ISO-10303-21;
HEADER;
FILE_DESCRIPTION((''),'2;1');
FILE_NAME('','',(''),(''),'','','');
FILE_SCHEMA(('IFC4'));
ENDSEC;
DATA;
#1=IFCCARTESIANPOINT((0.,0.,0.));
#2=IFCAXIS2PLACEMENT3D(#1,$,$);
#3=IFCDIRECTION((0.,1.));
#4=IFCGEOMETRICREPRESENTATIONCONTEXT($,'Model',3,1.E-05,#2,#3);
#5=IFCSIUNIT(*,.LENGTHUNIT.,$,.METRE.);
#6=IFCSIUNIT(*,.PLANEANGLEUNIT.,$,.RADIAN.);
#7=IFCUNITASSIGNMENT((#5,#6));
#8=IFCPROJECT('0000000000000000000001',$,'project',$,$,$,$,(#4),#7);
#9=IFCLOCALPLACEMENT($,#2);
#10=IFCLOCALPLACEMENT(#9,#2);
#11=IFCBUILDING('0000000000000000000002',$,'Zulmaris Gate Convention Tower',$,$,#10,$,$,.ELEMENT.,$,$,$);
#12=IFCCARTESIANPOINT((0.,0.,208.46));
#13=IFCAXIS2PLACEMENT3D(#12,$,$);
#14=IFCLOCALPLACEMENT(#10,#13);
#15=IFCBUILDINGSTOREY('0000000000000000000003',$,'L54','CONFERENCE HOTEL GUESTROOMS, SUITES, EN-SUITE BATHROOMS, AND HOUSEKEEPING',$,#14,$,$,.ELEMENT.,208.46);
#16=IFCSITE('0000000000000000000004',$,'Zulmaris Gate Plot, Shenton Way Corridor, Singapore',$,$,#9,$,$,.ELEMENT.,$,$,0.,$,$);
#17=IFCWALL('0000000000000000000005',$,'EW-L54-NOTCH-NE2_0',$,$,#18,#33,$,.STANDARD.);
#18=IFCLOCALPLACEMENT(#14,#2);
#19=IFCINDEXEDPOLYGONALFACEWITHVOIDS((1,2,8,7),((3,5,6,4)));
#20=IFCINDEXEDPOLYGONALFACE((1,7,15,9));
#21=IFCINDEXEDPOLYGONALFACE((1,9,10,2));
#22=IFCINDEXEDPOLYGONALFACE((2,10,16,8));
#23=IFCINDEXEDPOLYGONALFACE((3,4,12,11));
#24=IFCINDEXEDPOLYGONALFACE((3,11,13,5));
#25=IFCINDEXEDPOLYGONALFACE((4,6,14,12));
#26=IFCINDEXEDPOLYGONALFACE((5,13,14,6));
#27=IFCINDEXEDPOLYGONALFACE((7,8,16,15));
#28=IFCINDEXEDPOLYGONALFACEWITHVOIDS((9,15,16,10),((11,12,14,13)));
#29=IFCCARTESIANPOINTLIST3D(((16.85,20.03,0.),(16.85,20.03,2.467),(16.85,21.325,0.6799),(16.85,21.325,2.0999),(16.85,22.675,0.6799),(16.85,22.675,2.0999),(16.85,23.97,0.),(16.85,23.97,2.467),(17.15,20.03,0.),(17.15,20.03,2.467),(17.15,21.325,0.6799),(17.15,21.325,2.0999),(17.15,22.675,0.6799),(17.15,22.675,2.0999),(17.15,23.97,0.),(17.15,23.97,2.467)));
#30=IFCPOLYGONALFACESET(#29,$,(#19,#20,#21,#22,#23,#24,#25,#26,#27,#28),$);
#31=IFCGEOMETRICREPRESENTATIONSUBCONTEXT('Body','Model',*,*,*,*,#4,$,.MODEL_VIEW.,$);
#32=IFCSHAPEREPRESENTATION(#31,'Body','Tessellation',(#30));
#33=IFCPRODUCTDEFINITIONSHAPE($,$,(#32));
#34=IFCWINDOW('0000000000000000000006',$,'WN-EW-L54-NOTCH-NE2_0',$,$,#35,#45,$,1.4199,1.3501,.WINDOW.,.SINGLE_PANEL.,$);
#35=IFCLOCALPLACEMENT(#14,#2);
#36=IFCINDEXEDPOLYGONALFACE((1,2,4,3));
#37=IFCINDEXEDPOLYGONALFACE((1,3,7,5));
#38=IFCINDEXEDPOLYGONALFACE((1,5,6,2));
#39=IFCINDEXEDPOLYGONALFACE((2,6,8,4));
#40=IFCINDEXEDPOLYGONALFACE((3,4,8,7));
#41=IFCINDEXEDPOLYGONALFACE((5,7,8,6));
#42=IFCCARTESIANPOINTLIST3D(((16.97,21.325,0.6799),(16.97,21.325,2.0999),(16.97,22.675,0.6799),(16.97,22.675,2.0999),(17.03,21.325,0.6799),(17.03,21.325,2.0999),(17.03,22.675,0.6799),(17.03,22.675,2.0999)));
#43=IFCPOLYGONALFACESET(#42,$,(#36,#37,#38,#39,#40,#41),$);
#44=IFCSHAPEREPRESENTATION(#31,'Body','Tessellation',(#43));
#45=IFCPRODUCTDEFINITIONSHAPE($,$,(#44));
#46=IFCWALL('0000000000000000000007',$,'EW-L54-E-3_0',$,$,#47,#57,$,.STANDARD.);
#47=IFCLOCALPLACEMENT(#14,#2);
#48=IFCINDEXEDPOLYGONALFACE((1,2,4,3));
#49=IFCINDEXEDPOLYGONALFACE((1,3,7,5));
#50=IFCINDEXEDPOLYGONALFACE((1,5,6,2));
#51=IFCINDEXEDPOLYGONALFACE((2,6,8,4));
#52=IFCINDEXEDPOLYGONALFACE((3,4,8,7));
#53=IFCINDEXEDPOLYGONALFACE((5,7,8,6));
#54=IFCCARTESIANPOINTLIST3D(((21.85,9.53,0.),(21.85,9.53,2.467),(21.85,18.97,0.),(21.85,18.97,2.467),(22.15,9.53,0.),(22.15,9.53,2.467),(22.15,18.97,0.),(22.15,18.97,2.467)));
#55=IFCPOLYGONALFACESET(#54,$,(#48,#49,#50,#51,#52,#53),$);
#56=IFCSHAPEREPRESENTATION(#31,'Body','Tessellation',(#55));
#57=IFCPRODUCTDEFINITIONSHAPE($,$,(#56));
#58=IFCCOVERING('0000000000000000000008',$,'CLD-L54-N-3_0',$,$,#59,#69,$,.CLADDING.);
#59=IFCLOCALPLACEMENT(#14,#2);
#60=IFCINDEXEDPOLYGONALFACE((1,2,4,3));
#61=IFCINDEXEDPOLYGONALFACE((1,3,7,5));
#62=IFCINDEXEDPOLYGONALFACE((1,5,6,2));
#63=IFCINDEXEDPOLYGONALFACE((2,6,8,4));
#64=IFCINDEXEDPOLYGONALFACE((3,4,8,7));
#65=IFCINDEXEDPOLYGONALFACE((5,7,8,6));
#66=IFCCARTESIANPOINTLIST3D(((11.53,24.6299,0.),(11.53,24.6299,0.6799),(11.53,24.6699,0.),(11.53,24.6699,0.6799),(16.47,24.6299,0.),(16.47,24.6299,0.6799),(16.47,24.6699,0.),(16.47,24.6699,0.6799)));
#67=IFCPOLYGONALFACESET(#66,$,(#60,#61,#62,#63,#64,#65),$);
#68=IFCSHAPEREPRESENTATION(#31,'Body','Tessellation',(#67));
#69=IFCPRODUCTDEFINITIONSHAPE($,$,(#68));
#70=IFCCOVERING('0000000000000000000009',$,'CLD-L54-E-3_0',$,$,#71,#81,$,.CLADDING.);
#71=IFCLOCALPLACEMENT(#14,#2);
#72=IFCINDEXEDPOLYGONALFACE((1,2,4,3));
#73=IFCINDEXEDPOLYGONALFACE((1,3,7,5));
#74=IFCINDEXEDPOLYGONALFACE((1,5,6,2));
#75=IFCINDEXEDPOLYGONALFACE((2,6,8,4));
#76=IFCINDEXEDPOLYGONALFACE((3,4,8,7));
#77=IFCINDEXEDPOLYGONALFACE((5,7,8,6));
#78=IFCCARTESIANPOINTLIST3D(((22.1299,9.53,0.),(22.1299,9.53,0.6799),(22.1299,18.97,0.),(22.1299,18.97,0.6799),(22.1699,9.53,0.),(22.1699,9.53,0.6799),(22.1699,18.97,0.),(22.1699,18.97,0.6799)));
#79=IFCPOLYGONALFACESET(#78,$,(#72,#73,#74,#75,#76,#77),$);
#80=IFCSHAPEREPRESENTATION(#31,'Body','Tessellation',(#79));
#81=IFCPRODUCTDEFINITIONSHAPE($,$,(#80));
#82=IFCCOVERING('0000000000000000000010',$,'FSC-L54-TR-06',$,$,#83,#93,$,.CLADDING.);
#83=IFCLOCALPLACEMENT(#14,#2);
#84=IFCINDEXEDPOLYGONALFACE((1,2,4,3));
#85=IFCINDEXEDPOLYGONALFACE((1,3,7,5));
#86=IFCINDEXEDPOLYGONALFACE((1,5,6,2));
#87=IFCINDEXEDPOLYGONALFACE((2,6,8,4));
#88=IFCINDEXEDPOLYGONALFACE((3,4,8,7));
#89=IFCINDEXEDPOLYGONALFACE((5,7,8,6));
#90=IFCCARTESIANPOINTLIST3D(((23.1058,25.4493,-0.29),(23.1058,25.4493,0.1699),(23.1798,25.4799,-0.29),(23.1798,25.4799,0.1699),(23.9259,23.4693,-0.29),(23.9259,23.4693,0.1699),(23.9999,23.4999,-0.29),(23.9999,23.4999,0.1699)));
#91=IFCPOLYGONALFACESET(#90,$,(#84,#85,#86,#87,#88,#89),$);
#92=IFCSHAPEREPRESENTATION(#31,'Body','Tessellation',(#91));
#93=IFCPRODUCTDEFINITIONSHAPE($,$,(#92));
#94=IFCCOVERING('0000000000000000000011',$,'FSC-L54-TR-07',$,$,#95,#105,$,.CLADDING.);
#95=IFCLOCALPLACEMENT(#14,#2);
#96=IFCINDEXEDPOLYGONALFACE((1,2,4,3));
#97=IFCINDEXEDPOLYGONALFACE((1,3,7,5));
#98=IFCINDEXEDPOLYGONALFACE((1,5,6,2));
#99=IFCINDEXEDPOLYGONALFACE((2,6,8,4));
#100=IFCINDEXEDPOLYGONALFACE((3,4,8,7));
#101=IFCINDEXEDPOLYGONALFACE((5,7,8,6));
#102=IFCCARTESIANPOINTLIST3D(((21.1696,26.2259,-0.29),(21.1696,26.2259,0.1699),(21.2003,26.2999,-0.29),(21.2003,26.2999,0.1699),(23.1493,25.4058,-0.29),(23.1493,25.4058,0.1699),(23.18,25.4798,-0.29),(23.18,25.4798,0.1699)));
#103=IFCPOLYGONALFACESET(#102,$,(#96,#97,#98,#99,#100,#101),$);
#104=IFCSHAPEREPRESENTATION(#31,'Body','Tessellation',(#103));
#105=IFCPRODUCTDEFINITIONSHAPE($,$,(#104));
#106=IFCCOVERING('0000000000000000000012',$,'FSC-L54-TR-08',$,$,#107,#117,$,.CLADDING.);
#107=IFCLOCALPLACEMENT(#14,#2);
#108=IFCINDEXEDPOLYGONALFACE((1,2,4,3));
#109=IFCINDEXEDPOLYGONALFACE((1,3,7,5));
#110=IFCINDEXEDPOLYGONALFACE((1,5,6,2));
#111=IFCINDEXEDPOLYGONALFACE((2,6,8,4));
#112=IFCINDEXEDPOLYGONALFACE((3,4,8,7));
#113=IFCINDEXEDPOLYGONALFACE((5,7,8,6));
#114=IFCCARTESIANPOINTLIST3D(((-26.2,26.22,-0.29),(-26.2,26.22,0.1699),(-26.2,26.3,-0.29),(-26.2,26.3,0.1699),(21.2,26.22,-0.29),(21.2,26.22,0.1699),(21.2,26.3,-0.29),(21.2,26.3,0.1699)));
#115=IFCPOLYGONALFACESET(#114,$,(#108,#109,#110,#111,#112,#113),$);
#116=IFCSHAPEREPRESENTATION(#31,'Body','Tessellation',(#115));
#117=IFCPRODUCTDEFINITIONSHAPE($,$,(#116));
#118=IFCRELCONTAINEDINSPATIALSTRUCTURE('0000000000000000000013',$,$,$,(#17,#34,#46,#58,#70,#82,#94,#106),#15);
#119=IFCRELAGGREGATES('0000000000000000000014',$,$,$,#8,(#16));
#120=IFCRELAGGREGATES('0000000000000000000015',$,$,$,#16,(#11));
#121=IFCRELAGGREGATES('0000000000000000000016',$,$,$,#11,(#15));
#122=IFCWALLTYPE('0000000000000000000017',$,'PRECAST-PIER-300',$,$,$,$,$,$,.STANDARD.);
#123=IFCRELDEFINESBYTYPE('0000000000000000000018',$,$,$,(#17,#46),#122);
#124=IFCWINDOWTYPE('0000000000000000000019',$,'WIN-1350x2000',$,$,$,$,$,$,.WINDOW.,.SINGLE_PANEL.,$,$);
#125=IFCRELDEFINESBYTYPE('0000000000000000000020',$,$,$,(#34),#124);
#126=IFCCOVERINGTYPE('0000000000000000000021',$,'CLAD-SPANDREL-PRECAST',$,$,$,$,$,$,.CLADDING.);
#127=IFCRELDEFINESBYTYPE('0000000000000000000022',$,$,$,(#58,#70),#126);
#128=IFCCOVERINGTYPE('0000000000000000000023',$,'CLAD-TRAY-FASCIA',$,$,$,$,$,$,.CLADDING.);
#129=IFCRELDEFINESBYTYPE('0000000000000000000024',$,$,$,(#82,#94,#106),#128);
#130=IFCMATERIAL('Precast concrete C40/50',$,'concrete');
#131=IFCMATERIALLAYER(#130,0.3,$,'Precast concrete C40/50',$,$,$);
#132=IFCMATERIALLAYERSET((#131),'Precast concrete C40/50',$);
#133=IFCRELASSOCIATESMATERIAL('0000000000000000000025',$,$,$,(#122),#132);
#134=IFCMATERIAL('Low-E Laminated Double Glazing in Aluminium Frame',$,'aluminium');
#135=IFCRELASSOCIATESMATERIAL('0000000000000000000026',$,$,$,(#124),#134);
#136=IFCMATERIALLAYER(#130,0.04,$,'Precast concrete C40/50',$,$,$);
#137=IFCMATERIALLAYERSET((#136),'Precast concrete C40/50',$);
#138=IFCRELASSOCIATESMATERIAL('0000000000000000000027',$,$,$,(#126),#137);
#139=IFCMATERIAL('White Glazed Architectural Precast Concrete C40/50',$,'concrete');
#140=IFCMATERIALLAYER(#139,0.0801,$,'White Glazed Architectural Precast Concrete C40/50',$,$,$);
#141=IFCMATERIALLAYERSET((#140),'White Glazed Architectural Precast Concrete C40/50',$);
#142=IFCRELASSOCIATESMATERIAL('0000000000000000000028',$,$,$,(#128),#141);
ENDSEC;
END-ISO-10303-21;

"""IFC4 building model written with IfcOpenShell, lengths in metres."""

from ifc_helpers import new_model, si_unit, direction, frame, frame_2d, origin, place, context, subcontext, project, spatial, rectangle, extrude, material, layer, layer_set, type_object, element, fill, save


model = new_model("IFC4")

# Units and contexts
model_context = context("Model", 3, precision=1e-05, world=origin(), true_north=direction((0.0, 1.0)))
body_context = subcontext(model_context, "Body", "Model", "MODEL_VIEW")
ifc_project = project(units=[si_unit("LENGTHUNIT", "METRE"), si_unit("PLANEANGLEUNIT", "RADIAN")], contexts=[model_context])

# Site, building, storey
site_placement = place(None, origin())
site = spatial("IfcSite", under=ifc_project, at=site_placement, Name="Zulmaris Gate Plot, Shenton Way Corridor, Singapore", CompositionType="ELEMENT", RefElevation=0.0)
building_placement = place(site_placement, origin())
building = spatial("IfcBuilding", under=site, at=building_placement, Name="Zulmaris Gate Convention Tower", CompositionType="ELEMENT")
storey_placement = place(building_placement, frame((0.0, 0.0, 208.46)))
storey = spatial("IfcBuildingStorey", under=building, at=storey_placement, Name="L54", Description="CONFERENCE HOTEL GUESTROOMS, SUITES, EN-SUITE BATHROOMS, AND HOUSEKEEPING", CompositionType="ELEMENT", Elevation=208.46)

# Wall, opening, window
ifc_material_1 = material(Name="Precast concrete C40/50", Category="concrete")
ifc_layer_1 = layer(ifc_material_1, 0.3, Name="Precast concrete C40/50")
ifc_layer_set_1 = layer_set([ifc_layer_1], Name="Precast concrete C40/50")
wall_type_1 = type_object("IfcWallType", Name="PRECAST-PIER-300", PredefinedType="STANDARD", material=ifc_layer_set_1)
ifc_material_2 = material(Name="Low-E Laminated Double Glazing in Aluminium Frame", Category="aluminium")
window_type = type_object("IfcWindowType", Name="WIN-1350x2000", PartitioningType="SINGLE_PANEL", PredefinedType="WINDOW", material=ifc_material_2)
wall_1_placement = place(storey_placement, frame((17.0, 20.03, 0.0), z_axis=(0.0, 0.0, 1.0), x_axis=(0.0, 1.0, 0.0)))
wall_1 = element("IfcWall", 1, at=wall_1_placement, inside=storey, type_object=wall_type_1, Name="EW-L54-NOTCH-NE2_0", PredefinedType="STANDARD", context=body_context, shape_type="SweptSolid", body=[
    extrude(rectangle(XDim=3.9399, YDim=0.3, at=frame_2d((1.97, 0.0))), origin(), (0.0, 0.0, 1.0), 2.467),
])
opening_1_placement = place(wall_1_placement, frame((1.2949, 0.0, 0.6799)))
opening_1 = element("IfcOpeningElement", 2, at=opening_1_placement, cuts=wall_1, PredefinedType="OPENING", context=body_context, shape_type="SweptSolid", body=[
    extrude(rectangle(XDim=1.3501, YDim=1.4199, at=frame_2d((0.675, 0.71))), frame((0.0, 0.1602, 0.0), z_axis=(0.0, -1.0, 0.0), x_axis=(1.0, 0.0, 0.0)), (0.0, 0.0, 1.0), 0.3201),
])
window_1_placement = place(opening_1_placement, origin())
window_1 = element("IfcWindow", 3, at=window_1_placement, inside=storey, type_object=window_type, Name="WN-EW-L54-NOTCH-NE2_0", OverallHeight=1.4199, OverallWidth=1.3501, PartitioningType="SINGLE_PANEL", PredefinedType="WINDOW", context=body_context, shape_type="SweptSolid", body=[
    extrude(rectangle(XDim=1.3501, YDim=1.4199, at=frame_2d((0.675, 0.71))), frame((0.0, 0.03, 0.0), z_axis=(0.0, -1.0, 0.0), x_axis=(1.0, 0.0, 0.0)), (0.0, 0.0, 1.0), 0.0601),
])
fill(opening_1, window_1)

# Wall
wall_2_placement = place(storey_placement, frame((22.0, 9.53, 0.0), z_axis=(0.0, 0.0, 1.0), x_axis=(0.0, 1.0, 0.0)))
element("IfcWall", 4, at=wall_2_placement, inside=storey, type_object=wall_type_1, Name="EW-L54-E-3_0", PredefinedType="STANDARD", context=body_context, shape_type="SweptSolid", body=[
    extrude(rectangle(XDim=9.4399, YDim=0.3, at=frame_2d((4.72, 0.0))), origin(), (0.0, 0.0, 1.0), 2.467),
])

# Coverings
ifc_layer_2 = layer(ifc_material_1, 0.04, Name="Precast concrete C40/50")
ifc_layer_set_2 = layer_set([ifc_layer_2], Name="Precast concrete C40/50")
covering_type_1 = type_object("IfcCoveringType", Name="CLAD-SPANDREL-PRECAST", PredefinedType="CLADDING", material=ifc_layer_set_2)
covering_1_placement = place(storey_placement, frame((16.47, 24.6499, 0.0), z_axis=(0.0, 0.0, 1.0), x_axis=(-1.0, 0.0, 0.0)))
element("IfcCovering", 5, at=covering_1_placement, inside=storey, type_object=covering_type_1, Name="CLD-L54-N-3_0", PredefinedType="CLADDING", context=body_context, shape_type="SweptSolid", body=[
    extrude(rectangle(XDim=4.9399, YDim=0.04, at=frame_2d((2.47, 0.0))), origin(), (0.0, 0.0, 1.0), 0.6799),
])
covering_2_placement = place(storey_placement, frame((22.1499, 9.53, 0.0), z_axis=(0.0, 0.0, 1.0), x_axis=(0.0, 1.0, 0.0)))
element("IfcCovering", 6, at=covering_2_placement, inside=storey, type_object=covering_type_1, Name="CLD-L54-E-3_0", PredefinedType="CLADDING", context=body_context, shape_type="SweptSolid", body=[
    extrude(rectangle(XDim=9.4399, YDim=0.04, at=frame_2d((4.72, 0.0))), origin(), (0.0, 0.0, 1.0), 0.6799),
])
ifc_material_3 = material(Name="White Glazed Architectural Precast Concrete C40/50", Category="concrete")
ifc_layer_3 = layer(ifc_material_3, 0.0801, Name="White Glazed Architectural Precast Concrete C40/50")
ifc_layer_set_3 = layer_set([ifc_layer_3], Name="White Glazed Architectural Precast Concrete C40/50")
covering_type_2 = type_object("IfcCoveringType", Name="CLAD-TRAY-FASCIA", PredefinedType="CLADDING", material=ifc_layer_set_3)
covering_3_placement = place(storey_placement, frame((23.9629, 23.4846, -0.29), z_axis=(0.0, 0.0, 1.0), x_axis=(-0.382657, 0.92389, 0.0)))
element("IfcCovering", 7, at=covering_3_placement, inside=storey, type_object=covering_type_2, Name="FSC-L54-TR-06", PredefinedType="CLADDING", context=body_context, shape_type="SweptSolid", body=[
    extrude(rectangle(XDim=2.1431, YDim=0.0801, at=frame_2d((1.0715, 0.0))), origin(), (0.0, 0.0, 1.0), 0.46),
])
covering_4_placement = place(storey_placement, frame((23.1646, 25.4429, -0.29), z_axis=(0.0, 0.0, 1.0), x_axis=(-0.923874, 0.382697, 0.0)))
element("IfcCovering", 8, at=covering_4_placement, inside=storey, type_object=covering_type_2, Name="FSC-L54-TR-07", PredefinedType="CLADDING", context=body_context, shape_type="SweptSolid", body=[
    extrude(rectangle(XDim=2.1428, YDim=0.0801, at=frame_2d((1.0713, 0.0))), origin(), (0.0, 0.0, 1.0), 0.46),
])
covering_5_placement = place(storey_placement, frame((21.2, 26.26, -0.29), z_axis=(0.0, 0.0, 1.0), x_axis=(-1.0, 0.0, 0.0)))
element("IfcCovering", 9, at=covering_5_placement, inside=storey, type_object=covering_type_2, Name="FSC-L54-TR-08", PredefinedType="CLADDING", context=body_context, shape_type="SweptSolid", body=[
    extrude(rectangle(XDim=47.3999, YDim=0.0801, at=frame_2d((23.7, 0.0))), origin(), (0.0, 0.0, 1.0), 0.46),
])

save(model, "model.ifc")
